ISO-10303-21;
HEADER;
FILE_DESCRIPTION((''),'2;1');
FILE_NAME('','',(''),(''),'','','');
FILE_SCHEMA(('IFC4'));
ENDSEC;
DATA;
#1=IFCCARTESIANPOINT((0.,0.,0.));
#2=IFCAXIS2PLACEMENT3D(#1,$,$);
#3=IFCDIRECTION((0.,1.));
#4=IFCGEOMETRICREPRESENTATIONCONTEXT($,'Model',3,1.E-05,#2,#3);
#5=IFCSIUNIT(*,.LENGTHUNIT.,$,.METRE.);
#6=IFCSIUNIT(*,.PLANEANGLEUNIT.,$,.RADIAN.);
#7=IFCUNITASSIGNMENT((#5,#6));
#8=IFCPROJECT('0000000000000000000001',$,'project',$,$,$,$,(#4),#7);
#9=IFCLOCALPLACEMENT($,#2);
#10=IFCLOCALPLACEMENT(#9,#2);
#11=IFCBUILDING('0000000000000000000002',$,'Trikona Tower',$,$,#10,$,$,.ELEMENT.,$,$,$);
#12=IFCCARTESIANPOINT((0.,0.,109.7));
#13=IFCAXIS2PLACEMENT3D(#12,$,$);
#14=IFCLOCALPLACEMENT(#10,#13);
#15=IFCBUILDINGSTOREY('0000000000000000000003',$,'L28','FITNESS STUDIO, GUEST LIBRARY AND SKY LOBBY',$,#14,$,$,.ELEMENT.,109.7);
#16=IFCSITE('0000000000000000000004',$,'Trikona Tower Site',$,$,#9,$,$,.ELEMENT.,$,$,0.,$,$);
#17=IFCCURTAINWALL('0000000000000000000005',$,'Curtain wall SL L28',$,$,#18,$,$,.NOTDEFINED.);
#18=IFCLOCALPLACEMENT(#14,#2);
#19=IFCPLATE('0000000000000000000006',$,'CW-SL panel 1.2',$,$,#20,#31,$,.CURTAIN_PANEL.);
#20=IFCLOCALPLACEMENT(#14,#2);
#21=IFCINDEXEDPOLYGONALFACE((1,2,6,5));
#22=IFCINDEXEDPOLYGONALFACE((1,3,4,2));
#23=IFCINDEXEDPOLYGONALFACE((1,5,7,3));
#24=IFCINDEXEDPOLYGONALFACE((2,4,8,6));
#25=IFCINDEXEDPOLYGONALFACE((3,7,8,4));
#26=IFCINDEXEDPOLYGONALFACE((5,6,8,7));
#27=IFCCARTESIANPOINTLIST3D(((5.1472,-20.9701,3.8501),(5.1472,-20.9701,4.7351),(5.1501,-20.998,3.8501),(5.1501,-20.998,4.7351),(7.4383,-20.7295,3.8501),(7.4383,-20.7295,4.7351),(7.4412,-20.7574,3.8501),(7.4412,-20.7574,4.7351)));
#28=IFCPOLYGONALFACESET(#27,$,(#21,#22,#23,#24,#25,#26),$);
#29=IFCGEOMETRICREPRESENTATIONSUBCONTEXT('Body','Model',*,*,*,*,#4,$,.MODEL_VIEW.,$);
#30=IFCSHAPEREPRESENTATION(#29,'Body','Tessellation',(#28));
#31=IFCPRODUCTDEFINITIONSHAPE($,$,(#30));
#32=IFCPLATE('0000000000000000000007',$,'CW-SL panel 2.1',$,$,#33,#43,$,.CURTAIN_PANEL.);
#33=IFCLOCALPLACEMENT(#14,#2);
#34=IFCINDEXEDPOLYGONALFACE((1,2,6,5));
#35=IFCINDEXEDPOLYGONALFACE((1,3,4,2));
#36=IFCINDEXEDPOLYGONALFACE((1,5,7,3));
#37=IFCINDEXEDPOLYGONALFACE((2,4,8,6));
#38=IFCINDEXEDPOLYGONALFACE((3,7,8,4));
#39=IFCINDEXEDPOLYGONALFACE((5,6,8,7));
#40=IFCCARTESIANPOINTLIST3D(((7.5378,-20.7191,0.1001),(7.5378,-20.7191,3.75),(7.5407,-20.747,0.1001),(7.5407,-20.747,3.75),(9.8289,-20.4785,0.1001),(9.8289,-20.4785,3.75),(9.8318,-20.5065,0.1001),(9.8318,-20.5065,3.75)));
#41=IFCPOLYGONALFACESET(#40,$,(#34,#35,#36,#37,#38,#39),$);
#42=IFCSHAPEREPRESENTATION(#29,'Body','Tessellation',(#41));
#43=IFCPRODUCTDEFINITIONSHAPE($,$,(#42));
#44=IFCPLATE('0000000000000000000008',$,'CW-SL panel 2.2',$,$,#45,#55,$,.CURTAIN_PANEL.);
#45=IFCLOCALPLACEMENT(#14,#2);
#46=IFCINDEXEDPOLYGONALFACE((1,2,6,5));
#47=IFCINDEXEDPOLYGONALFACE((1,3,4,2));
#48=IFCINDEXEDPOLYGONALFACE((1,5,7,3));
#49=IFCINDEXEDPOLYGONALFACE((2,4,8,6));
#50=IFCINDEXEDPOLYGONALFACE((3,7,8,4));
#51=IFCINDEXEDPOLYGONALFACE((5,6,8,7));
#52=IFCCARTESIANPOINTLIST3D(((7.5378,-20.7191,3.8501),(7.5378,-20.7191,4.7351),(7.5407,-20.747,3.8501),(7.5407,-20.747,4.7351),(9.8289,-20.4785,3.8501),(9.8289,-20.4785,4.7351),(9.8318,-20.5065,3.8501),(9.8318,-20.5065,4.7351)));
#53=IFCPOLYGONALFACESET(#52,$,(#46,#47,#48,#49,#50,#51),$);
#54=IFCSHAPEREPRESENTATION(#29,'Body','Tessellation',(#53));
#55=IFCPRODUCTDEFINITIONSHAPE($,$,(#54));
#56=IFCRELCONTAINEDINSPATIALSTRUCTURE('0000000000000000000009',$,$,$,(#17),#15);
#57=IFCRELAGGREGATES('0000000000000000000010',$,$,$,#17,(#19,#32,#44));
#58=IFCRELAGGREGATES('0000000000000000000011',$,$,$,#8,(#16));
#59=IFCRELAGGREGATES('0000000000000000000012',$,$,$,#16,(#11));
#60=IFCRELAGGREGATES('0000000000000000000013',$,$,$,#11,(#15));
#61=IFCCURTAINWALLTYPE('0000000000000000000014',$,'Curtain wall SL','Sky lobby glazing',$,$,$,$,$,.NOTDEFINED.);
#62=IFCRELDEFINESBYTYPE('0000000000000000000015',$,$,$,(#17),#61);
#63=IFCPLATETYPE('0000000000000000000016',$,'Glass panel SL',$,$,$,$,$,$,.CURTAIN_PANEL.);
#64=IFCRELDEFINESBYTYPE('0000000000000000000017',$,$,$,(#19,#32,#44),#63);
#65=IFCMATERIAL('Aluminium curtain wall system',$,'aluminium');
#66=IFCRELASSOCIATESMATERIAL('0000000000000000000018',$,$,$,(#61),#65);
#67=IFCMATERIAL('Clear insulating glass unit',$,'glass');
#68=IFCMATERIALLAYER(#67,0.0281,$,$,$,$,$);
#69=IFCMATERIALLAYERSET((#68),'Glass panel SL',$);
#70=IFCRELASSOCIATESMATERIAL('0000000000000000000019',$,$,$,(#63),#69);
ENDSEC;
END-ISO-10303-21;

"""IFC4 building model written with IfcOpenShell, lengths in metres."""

from ifc_helpers import new_model, si_unit, direction, frame, origin, origin_2d, place, context, subcontext, project, spatial, rectangle, extrude, material, layer, layer_set, type_object, element, aggregate, save


model = new_model("IFC4")

# Units and contexts
model_context = context("Model", 3, precision=1e-05, world=origin(), true_north=direction((0.0, 1.0)))
body_context = subcontext(model_context, "Body", "Model", "MODEL_VIEW")
ifc_project = project(units=[si_unit("LENGTHUNIT", "METRE"), si_unit("PLANEANGLEUNIT", "RADIAN")], contexts=[model_context])

# Site, building, storey
site_placement = place(None, origin())
site = spatial("IfcSite", under=ifc_project, at=site_placement, Name="Trikona Tower Site", CompositionType="ELEMENT", RefElevation=0.0)
building_placement = place(site_placement, origin())
building = spatial("IfcBuilding", under=site, at=building_placement, Name="Trikona Tower", CompositionType="ELEMENT")
storey_placement = place(building_placement, frame((0.0, 0.0, 109.7)))
storey = spatial("IfcBuildingStorey", under=building, at=storey_placement, Name="L28", Description="FITNESS STUDIO, GUEST LIBRARY AND SKY LOBBY", CompositionType="ELEMENT", Elevation=109.7)

# Curtain wall
ifc_material_1 = material(Name="Aluminium curtain wall system", Category="aluminium")
curtain_wall_type = type_object("IfcCurtainWallType", Name="Curtain wall SL", Description="Sky lobby glazing", PredefinedType="NOTDEFINED", material=ifc_material_1)
curtain_wall_1_placement = place(storey_placement, origin())
curtain_wall_1 = element("IfcCurtainWall", 1, at=curtain_wall_1_placement, inside=storey, type_object=curtain_wall_type, Name="Curtain wall SL L28", PredefinedType="NOTDEFINED")

# Plates
ifc_material_2 = material(Name="Clear insulating glass unit", Category="glass")
ifc_layer_1 = layer(ifc_material_2, 0.0281)
ifc_layer_set_1 = layer_set([ifc_layer_1], Name="Glass panel SL")
plate_type = type_object("IfcPlateType", Name="Glass panel SL", PredefinedType="CURTAIN_PANEL", material=ifc_layer_set_1)
plate_1_placement = place(storey_placement, frame((6.2942, -20.8638, 3.8501), z_axis=(0.0, 0.0, 1.0), x_axis=(0.994532, 0.104431, 0.0)))
plate_1 = element("IfcPlate", 2, at=plate_1_placement, type_object=plate_type, Name="CW-SL panel 1.2", PredefinedType="CURTAIN_PANEL", context=body_context, shape_type="SweptSolid", body=[
    extrude(rectangle(XDim=2.3037, YDim=0.0281, at=origin_2d()), origin(), (0.0, 0.0, 1.0), 0.885),
])
plate_2_placement = place(storey_placement, frame((8.6848, -20.6128, 0.1001), z_axis=(0.0, 0.0, 1.0), x_axis=(0.994532, 0.104431, 0.0)))
plate_2 = element("IfcPlate", 3, at=plate_2_placement, type_object=plate_type, Name="CW-SL panel 2.1", PredefinedType="CURTAIN_PANEL", context=body_context, shape_type="SweptSolid", body=[
    extrude(rectangle(XDim=2.3037, YDim=0.0281, at=origin_2d()), origin(), (0.0, 0.0, 1.0), 3.6499),
])
plate_3_placement = place(storey_placement, frame((8.6848, -20.6128, 3.8501), z_axis=(0.0, 0.0, 1.0), x_axis=(0.994532, 0.104431, 0.0)))
plate_3 = element("IfcPlate", 4, at=plate_3_placement, type_object=plate_type, Name="CW-SL panel 2.2", PredefinedType="CURTAIN_PANEL", context=body_context, shape_type="SweptSolid", body=[
    extrude(rectangle(XDim=2.3037, YDim=0.0281, at=origin_2d()), origin(), (0.0, 0.0, 1.0), 0.885),
])
aggregate(curtain_wall_1, [plate_1, plate_2, plate_3])

save(model, "model.ifc")
